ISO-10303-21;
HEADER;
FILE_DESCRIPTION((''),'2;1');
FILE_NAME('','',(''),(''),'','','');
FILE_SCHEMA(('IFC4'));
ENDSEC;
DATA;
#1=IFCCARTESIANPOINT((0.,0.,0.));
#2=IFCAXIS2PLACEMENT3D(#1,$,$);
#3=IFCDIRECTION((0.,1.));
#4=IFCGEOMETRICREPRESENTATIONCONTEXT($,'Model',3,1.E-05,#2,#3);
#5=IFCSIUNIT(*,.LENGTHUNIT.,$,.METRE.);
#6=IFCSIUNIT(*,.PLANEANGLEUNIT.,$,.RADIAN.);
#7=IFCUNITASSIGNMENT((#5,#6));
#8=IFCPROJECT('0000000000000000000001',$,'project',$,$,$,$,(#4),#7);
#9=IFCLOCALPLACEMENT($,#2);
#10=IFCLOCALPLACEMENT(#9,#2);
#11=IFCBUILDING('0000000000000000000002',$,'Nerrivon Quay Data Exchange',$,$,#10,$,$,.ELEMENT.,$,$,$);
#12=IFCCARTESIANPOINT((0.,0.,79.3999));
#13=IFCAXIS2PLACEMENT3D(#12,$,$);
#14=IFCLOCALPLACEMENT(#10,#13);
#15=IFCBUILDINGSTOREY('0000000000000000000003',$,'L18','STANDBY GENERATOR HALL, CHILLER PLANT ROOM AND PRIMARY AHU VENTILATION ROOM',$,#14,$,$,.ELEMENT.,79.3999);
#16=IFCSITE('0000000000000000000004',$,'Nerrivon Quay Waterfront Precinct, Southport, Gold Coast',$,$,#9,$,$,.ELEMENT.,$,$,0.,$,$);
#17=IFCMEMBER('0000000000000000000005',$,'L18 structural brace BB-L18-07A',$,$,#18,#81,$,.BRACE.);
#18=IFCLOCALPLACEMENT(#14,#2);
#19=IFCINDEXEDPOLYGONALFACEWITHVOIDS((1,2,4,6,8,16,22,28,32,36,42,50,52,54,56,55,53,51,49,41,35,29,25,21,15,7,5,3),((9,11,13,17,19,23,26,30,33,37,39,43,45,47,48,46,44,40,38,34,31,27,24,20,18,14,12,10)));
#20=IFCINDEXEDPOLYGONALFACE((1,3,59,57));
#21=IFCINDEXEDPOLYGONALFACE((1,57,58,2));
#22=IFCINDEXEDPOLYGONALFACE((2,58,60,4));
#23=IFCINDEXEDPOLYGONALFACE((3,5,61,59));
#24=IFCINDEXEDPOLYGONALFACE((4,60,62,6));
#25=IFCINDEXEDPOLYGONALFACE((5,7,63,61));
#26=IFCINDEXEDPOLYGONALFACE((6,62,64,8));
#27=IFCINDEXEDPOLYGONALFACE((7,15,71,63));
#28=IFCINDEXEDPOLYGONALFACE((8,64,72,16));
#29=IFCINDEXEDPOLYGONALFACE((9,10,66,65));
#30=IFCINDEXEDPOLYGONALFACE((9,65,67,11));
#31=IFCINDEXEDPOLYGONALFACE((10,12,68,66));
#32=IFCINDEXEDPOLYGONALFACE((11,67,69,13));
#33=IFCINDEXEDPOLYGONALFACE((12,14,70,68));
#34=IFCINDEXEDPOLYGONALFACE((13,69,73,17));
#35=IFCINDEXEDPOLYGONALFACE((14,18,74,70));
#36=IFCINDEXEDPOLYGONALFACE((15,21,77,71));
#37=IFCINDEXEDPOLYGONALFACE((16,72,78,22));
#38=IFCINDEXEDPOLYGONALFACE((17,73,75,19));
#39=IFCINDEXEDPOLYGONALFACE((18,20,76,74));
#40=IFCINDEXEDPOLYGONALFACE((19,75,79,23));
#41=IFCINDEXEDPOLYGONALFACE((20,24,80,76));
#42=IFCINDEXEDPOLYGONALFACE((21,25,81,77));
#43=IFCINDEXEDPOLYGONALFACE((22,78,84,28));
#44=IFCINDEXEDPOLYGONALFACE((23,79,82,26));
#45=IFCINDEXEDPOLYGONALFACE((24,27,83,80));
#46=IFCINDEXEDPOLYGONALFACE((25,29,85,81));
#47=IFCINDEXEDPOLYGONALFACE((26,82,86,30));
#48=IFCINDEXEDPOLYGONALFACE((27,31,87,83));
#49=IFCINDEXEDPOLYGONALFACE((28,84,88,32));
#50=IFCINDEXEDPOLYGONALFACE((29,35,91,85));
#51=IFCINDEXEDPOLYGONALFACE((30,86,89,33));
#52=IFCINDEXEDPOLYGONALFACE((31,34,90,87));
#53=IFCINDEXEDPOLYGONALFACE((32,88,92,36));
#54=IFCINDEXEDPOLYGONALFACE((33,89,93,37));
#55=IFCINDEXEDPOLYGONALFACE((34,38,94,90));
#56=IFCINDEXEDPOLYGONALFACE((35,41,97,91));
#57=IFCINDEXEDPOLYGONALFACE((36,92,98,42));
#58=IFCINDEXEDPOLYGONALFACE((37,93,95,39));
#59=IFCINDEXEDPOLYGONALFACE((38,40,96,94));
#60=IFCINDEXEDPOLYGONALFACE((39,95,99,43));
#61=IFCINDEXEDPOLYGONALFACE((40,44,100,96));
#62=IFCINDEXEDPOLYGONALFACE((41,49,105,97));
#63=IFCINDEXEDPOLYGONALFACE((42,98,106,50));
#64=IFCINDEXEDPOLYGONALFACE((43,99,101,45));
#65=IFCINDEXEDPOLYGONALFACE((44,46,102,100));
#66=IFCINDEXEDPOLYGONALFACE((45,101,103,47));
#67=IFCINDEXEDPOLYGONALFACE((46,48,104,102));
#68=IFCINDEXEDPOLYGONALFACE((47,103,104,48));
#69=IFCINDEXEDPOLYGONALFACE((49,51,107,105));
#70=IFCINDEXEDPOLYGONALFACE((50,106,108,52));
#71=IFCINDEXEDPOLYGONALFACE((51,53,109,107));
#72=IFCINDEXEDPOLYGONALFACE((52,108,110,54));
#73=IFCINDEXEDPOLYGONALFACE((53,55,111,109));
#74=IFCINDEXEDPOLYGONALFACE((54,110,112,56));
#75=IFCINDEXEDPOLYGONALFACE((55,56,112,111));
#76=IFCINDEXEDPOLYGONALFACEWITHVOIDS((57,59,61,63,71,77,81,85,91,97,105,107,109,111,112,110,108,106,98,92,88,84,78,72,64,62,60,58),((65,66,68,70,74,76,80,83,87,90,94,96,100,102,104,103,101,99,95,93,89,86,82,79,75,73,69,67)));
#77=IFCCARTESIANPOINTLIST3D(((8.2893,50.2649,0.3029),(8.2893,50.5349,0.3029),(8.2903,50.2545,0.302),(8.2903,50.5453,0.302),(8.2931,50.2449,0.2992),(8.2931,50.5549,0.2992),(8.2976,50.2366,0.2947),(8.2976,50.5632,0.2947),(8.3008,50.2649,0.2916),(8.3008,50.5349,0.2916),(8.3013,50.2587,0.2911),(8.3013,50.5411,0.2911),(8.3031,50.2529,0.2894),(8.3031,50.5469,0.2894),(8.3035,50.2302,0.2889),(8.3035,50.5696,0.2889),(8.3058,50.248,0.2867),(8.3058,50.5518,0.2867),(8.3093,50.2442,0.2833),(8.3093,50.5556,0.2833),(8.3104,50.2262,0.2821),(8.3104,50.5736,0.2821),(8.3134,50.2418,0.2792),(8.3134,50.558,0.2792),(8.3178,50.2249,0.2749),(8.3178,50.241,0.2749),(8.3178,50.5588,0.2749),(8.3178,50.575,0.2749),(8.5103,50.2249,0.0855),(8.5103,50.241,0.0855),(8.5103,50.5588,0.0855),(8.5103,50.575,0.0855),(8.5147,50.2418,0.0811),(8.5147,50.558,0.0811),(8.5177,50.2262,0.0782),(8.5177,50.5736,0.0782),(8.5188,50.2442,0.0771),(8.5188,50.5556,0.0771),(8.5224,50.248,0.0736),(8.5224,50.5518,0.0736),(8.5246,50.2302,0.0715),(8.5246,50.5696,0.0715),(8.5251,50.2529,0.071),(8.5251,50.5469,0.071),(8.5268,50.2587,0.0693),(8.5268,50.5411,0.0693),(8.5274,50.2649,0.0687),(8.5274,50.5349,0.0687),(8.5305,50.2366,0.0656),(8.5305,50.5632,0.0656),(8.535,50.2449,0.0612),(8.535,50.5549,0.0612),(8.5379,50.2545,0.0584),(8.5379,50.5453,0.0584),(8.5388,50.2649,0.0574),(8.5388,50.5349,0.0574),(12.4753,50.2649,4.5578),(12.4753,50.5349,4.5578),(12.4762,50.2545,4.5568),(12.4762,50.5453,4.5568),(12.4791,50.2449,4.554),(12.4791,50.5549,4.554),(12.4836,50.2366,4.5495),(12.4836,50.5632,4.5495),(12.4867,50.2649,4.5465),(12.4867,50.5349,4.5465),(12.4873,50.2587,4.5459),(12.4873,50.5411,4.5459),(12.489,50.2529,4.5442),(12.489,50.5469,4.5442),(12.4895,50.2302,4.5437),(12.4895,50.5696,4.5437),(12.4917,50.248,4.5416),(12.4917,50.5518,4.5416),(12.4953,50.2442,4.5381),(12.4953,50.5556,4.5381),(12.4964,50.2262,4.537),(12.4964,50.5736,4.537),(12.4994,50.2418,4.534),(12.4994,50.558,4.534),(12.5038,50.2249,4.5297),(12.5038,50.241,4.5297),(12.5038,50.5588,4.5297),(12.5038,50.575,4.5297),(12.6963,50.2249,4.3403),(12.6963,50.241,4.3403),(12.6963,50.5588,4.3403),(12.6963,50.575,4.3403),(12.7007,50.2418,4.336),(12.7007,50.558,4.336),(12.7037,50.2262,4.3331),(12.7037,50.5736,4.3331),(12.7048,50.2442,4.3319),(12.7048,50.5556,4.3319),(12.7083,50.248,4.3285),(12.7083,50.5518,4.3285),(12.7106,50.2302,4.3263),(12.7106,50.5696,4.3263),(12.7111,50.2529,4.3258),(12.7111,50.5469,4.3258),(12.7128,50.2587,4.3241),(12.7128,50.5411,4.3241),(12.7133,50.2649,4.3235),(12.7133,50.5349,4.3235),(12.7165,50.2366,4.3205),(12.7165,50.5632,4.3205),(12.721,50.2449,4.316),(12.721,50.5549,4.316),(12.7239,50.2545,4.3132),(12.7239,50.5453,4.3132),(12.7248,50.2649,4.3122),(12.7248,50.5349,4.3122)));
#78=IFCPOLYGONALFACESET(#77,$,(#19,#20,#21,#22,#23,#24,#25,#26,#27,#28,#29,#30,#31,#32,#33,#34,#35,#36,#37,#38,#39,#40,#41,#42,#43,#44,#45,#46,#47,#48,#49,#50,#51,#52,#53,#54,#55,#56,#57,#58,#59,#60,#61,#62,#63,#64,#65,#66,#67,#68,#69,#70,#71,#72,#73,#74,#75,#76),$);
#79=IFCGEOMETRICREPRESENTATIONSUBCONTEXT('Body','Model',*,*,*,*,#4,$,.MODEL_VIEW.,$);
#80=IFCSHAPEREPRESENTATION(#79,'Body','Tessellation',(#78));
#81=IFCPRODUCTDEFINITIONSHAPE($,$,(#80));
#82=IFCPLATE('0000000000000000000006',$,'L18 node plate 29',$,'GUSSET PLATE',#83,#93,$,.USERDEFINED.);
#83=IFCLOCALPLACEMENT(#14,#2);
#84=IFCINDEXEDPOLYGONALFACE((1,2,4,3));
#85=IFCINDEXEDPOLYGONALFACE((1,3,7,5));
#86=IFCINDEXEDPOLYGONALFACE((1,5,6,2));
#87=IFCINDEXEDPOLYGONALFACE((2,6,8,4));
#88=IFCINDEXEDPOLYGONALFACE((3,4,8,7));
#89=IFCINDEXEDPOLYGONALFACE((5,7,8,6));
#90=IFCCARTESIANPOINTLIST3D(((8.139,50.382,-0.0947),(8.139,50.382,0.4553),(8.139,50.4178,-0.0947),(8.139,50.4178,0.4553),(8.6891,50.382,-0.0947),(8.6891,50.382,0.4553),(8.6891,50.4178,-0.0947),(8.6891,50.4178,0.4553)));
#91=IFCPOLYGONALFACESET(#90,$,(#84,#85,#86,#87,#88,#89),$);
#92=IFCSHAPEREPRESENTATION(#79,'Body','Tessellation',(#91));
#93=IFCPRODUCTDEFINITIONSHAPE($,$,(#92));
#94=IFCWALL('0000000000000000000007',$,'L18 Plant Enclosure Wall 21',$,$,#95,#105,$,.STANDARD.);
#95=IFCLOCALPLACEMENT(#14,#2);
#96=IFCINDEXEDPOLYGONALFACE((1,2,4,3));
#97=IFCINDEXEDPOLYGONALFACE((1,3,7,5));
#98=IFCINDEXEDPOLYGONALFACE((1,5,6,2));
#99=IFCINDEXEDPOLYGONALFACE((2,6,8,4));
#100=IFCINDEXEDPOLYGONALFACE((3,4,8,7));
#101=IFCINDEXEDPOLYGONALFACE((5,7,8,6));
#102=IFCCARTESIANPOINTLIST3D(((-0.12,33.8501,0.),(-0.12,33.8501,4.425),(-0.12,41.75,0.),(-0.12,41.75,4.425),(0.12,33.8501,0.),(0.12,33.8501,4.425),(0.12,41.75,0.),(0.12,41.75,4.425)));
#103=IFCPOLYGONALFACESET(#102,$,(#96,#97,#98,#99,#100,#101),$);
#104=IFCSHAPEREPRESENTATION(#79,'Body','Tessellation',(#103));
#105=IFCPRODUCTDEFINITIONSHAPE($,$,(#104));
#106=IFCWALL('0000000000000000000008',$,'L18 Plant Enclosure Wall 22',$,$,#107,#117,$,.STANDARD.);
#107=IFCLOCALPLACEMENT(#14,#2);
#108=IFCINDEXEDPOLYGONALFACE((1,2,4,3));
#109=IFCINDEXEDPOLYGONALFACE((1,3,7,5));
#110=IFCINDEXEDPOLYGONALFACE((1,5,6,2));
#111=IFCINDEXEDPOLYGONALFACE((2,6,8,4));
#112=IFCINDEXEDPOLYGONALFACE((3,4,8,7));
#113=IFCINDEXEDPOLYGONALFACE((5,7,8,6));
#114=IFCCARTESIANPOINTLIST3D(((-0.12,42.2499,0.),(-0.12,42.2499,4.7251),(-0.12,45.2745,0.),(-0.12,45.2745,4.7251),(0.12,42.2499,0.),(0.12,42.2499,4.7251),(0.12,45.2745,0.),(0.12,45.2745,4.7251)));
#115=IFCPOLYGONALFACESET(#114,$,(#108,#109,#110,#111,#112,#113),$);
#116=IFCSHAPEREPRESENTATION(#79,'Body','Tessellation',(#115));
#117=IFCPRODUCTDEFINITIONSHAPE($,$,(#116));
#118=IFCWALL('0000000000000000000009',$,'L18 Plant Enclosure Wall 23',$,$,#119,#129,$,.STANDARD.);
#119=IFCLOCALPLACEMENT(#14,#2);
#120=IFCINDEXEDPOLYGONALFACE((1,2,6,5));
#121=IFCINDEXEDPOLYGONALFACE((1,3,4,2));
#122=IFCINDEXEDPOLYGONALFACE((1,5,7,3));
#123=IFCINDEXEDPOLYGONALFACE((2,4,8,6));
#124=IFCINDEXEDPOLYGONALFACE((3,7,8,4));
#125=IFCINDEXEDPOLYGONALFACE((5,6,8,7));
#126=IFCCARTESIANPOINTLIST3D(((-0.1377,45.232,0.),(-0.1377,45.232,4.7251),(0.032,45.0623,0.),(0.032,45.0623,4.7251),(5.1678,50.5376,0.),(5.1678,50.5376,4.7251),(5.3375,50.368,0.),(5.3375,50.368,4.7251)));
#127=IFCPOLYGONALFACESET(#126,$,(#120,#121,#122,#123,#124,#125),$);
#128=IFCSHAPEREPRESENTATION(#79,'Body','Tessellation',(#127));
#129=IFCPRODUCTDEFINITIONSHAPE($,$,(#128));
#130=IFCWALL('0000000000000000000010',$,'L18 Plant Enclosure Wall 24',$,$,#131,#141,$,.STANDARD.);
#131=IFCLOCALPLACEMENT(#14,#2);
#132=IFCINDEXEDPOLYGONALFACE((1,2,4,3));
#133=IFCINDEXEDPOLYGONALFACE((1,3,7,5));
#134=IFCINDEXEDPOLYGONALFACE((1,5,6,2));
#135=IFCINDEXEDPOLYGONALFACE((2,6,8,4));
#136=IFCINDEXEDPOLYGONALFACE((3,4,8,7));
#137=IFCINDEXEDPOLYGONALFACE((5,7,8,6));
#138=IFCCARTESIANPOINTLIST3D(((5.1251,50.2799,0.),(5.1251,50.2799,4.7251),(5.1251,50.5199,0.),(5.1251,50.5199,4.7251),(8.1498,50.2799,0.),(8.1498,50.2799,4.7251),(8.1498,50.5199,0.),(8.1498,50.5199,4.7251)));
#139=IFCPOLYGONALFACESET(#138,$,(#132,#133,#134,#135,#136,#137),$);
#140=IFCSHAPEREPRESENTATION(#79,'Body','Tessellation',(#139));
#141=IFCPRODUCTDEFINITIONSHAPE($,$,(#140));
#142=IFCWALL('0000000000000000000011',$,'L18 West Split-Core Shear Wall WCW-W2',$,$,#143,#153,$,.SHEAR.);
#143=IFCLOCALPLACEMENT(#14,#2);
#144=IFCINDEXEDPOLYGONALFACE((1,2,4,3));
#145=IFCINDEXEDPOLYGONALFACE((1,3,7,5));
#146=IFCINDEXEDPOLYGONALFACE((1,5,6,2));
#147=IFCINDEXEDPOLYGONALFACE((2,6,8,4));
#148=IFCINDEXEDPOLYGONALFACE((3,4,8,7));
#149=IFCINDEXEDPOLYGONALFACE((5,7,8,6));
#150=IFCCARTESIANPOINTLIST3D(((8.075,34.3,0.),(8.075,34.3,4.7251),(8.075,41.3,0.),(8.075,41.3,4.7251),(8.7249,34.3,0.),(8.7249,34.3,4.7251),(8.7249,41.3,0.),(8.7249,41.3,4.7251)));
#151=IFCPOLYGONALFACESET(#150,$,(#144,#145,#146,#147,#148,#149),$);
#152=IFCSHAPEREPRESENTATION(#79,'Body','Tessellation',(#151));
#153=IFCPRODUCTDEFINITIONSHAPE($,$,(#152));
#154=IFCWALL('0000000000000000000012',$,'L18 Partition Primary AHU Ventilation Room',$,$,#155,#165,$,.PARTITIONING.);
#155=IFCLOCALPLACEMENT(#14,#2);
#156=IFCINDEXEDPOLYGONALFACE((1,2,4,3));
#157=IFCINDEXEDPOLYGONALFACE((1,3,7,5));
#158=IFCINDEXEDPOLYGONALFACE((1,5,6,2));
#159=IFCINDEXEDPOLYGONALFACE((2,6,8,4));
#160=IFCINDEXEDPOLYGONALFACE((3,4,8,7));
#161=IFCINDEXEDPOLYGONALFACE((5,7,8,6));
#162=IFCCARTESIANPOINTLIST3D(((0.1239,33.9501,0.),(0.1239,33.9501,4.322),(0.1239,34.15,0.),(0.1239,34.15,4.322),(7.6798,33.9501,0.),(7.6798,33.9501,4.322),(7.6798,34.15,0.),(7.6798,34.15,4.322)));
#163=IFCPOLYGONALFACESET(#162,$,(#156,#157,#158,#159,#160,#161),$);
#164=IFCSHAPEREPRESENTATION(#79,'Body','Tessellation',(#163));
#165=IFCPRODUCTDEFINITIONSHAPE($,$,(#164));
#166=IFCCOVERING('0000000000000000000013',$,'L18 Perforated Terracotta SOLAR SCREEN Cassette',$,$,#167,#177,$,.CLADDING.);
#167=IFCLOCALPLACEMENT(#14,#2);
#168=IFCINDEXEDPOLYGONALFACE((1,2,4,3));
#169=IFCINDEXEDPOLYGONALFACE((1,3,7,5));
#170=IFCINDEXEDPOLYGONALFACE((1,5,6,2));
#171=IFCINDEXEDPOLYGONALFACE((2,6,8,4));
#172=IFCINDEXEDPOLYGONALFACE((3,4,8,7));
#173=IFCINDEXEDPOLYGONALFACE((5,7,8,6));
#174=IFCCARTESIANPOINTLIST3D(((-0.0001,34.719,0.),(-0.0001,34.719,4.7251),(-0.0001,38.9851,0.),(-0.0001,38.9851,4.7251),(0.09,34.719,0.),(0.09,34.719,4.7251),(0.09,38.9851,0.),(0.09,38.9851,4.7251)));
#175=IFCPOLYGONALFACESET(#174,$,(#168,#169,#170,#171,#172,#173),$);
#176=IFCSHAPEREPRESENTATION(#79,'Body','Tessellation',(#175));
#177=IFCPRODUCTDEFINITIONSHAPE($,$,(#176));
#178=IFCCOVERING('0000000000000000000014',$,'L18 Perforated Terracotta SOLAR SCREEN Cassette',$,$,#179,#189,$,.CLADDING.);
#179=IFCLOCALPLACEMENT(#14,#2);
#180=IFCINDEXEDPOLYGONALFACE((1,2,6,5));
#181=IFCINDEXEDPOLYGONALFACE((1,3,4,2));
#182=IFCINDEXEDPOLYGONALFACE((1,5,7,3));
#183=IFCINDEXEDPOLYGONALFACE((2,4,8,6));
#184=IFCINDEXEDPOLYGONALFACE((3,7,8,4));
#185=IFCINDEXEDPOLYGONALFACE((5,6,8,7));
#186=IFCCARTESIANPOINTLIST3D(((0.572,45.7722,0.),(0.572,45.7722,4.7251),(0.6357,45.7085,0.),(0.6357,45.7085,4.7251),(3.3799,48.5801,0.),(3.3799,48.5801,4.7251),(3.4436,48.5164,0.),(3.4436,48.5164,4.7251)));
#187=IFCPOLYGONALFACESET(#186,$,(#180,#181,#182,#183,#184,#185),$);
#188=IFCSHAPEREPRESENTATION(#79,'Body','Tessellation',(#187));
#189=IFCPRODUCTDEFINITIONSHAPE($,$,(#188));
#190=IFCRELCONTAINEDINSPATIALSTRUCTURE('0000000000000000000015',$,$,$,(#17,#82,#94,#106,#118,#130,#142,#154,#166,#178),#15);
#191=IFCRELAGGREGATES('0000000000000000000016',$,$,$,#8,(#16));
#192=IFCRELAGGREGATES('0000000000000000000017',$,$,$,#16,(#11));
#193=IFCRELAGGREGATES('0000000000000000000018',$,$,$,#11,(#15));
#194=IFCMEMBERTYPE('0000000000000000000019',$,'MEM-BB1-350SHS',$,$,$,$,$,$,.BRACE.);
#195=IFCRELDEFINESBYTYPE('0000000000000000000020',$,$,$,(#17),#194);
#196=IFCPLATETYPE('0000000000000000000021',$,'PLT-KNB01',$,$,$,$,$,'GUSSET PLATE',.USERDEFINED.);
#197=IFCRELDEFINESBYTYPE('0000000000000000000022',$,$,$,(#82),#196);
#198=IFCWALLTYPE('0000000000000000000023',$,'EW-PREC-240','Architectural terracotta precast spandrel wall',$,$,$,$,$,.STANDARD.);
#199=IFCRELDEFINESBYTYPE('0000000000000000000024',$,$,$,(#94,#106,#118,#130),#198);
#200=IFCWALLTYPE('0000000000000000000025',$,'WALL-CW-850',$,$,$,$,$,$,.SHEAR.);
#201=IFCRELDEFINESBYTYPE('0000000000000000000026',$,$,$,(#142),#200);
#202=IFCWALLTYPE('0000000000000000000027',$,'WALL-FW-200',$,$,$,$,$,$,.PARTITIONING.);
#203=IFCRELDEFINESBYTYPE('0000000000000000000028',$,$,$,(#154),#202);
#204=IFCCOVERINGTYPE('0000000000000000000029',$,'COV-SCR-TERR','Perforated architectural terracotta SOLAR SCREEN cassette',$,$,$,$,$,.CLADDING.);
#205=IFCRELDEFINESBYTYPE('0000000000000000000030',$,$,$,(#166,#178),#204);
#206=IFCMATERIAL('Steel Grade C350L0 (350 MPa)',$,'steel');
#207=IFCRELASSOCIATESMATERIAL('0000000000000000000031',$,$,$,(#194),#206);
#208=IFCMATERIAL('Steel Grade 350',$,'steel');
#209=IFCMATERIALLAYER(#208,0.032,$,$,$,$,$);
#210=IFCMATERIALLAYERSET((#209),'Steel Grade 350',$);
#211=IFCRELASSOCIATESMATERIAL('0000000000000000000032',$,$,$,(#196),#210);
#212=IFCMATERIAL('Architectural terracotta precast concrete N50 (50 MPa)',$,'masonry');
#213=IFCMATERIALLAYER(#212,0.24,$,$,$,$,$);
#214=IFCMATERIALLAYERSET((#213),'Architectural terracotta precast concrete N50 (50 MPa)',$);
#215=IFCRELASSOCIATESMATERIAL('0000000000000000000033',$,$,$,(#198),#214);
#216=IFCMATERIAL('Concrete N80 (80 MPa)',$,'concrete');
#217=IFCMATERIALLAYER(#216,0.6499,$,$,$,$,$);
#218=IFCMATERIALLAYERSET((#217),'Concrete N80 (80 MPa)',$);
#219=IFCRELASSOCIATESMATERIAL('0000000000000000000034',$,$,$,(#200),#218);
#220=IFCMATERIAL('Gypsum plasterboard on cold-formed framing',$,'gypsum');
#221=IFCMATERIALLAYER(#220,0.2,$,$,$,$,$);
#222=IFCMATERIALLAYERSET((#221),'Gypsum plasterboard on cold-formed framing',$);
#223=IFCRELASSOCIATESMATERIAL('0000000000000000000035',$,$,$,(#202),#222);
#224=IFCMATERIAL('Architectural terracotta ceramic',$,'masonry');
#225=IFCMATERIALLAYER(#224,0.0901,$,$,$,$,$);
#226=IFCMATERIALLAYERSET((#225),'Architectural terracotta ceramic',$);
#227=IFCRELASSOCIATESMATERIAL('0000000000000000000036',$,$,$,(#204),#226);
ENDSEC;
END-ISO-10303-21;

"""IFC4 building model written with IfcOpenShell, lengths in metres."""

from ifc_helpers import new_model, si_unit, direction, frame, frame_2d, origin, origin_2d, place, context, subcontext, project, spatial, rectangle, hollow_rectangle, extrude, material, layer, layer_set, material_profile, profile_set, type_object, element, save


model = new_model("IFC4")

# Units and contexts
model_context = context("Model", 3, precision=1e-05, world=origin(), true_north=direction((0.0, 1.0)))
body_context = subcontext(model_context, "Body", "Model", "MODEL_VIEW")
ifc_project = project(units=[si_unit("LENGTHUNIT", "METRE"), si_unit("PLANEANGLEUNIT", "RADIAN")], contexts=[model_context])

# Site, building, storey
site_placement = place(None, origin())
site = spatial("IfcSite", under=ifc_project, at=site_placement, Name="Nerrivon Quay Waterfront Precinct, Southport, Gold Coast", CompositionType="ELEMENT", RefElevation=0.0)
building_placement = place(site_placement, origin())
building = spatial("IfcBuilding", under=site, at=building_placement, Name="Nerrivon Quay Data Exchange", CompositionType="ELEMENT")
storey_placement = place(building_placement, frame((0.0, 0.0, 79.3999)))
storey = spatial("IfcBuildingStorey", under=building, at=storey_placement, Name="L18", Description="STANDBY GENERATOR HALL, CHILLER PLANT ROOM AND PRIMARY AHU VENTILATION ROOM", CompositionType="ELEMENT", Elevation=79.3999)

# Shared definitions
ifc_material_1 = material(Name="Concrete N80 (80 MPa)", Category="concrete")
ifc_material_2 = material(Name="Steel Grade 350", Category="steel")

# Shared definitions
ifc_material_3 = material(Name="Steel Grade C350L0 (350 MPa)", Category="steel")

# Member
ifc_material_profile_1 = material_profile(ifc_material_3, hollow_rectangle(XDim=0.3501, YDim=0.3501, WallThickness=0.0161, InnerFilletRadius=0.0239, OuterFilletRadius=0.04, at=origin_2d()), Name="350x350x16.0SHS")
ifc_profile_set_1 = profile_set([ifc_material_profile_1], Name="Steel Grade C350L0 (350 MPa)")
member_type = type_object("IfcMemberType", Name="MEM-BB1-350SHS", PredefinedType="BRACE", material=ifc_profile_set_1)
member_placement = place(storey_placement, frame((8.4141, 50.3999, 0.1802), z_axis=(0.701316, 0.0, 0.712851), x_axis=(0.0, 1.0, 0.0)))
element("IfcMember", 1, at=member_placement, inside=storey, type_object=member_type, Name="L18 structural brace BB-L18-07A", PredefinedType="BRACE", context=body_context, shape_type="SweptSolid", body=[
    extrude(hollow_rectangle(XDim=0.3501, YDim=0.3501, WallThickness=0.0161, InnerFilletRadius=0.0239, OuterFilletRadius=0.04, at=origin_2d()), origin(), (0.0, 0.0, 1.0), 5.9688),
])

# Plate
ifc_layer_1 = layer(ifc_material_2, 0.032)
ifc_layer_set_1 = layer_set([ifc_layer_1], Name="Steel Grade 350")
plate_type = type_object("IfcPlateType", Name="PLT-KNB01", ElementType="GUSSET PLATE", PredefinedType="USERDEFINED", material=ifc_layer_set_1)
plate_placement = place(storey_placement, frame((8.4141, 50.3999, -0.0947), z_axis=(0.0, 0.0, 1.0), x_axis=(1.0, 0.0, 0.0)))
element("IfcPlate", 2, at=plate_placement, inside=storey, type_object=plate_type, Name="L18 node plate 29", ObjectType="GUSSET PLATE", PredefinedType="USERDEFINED", context=body_context, shape_type="SweptSolid", body=[
    extrude(rectangle(XDim=0.55, YDim=0.0359, at=origin_2d()), origin(), (0.0, 0.0, 1.0), 0.55),
])

# Walls
ifc_material_4 = material(Name="Architectural terracotta precast concrete N50 (50 MPa)", Category="masonry")
ifc_layer_2 = layer(ifc_material_4, 0.24)
ifc_layer_set_2 = layer_set([ifc_layer_2], Name="Architectural terracotta precast concrete N50 (50 MPa)")
wall_type_1 = type_object("IfcWallType", Name="EW-PREC-240", Description="Architectural terracotta precast spandrel wall", PredefinedType="STANDARD", material=ifc_layer_set_2)
wall_1_placement = place(storey_placement, frame((0.0, 33.8501, 0.0), z_axis=(0.0, 0.0, 1.0), x_axis=(0.0, 1.0, 0.0)))
element("IfcWall", 3, at=wall_1_placement, inside=storey, type_object=wall_type_1, Name="L18 Plant Enclosure Wall 21", PredefinedType="STANDARD", context=body_context, shape_type="SweptSolid", body=[
    extrude(rectangle(XDim=7.8999, YDim=0.24, at=frame_2d((3.95, 0.0))), origin(), (0.0, 0.0, 1.0), 4.425),
])
wall_2_placement = place(storey_placement, frame((0.0, 42.25, 0.0), z_axis=(0.0, 0.0, 1.0), x_axis=(0.0, 1.0, 0.0)))
element("IfcWall", 4, at=wall_2_placement, inside=storey, type_object=wall_type_1, Name="L18 Plant Enclosure Wall 22", PredefinedType="STANDARD", context=body_context, shape_type="SweptSolid", body=[
    extrude(rectangle(XDim=3.0247, YDim=0.24, at=frame_2d((1.5122, 0.0))), origin(), (0.0, 0.0, 1.0), 4.7251),
])
wall_3_placement = place(storey_placement, frame((-0.0527, 45.1472, 0.0), z_axis=(0.0, 0.0, 1.0), x_axis=(0.707091, 0.707123, 0.0)))
element("IfcWall", 5, at=wall_3_placement, inside=storey, type_object=wall_type_1, Name="L18 Plant Enclosure Wall 23", PredefinedType="STANDARD", context=body_context, shape_type="SweptSolid", body=[
    extrude(rectangle(XDim=7.5032, YDim=0.24, at=frame_2d((3.7515, 0.0))), origin(), (0.0, 0.0, 1.0), 4.7251),
])
wall_4_placement = place(storey_placement, frame((5.1252, 50.3999, 0.0), z_axis=(0.0, 0.0, 1.0), x_axis=(1.0, 0.0, 0.0)))
element("IfcWall", 6, at=wall_4_placement, inside=storey, type_object=wall_type_1, Name="L18 Plant Enclosure Wall 24", PredefinedType="STANDARD", context=body_context, shape_type="SweptSolid", body=[
    extrude(rectangle(XDim=3.0247, YDim=0.24, at=frame_2d((1.5122, 0.0))), origin(), (0.0, 0.0, 1.0), 4.7251),
])
ifc_layer_3 = layer(ifc_material_1, 0.6499)
ifc_layer_set_3 = layer_set([ifc_layer_3], Name="Concrete N80 (80 MPa)")
wall_type_2 = type_object("IfcWallType", Name="WALL-CW-850", PredefinedType="SHEAR", material=ifc_layer_set_3)
wall_5_placement = place(storey_placement, frame((8.3999, 34.3, 0.0), z_axis=(0.0, 0.0, 1.0), x_axis=(0.0, 1.0, 0.0)))
element("IfcWall", 7, at=wall_5_placement, inside=storey, type_object=wall_type_2, Name="L18 West Split-Core Shear Wall WCW-W2", PredefinedType="SHEAR", context=body_context, shape_type="SweptSolid", body=[
    extrude(rectangle(XDim=7.0, YDim=0.6499, at=frame_2d((3.5, 0.0))), origin(), (0.0, 0.0, 1.0), 4.7251),
])
ifc_material_5 = material(Name="Gypsum plasterboard on cold-formed framing", Category="gypsum")
ifc_layer_4 = layer(ifc_material_5, 0.2)
ifc_layer_set_4 = layer_set([ifc_layer_4], Name="Gypsum plasterboard on cold-formed framing")
wall_type_3 = type_object("IfcWallType", Name="WALL-FW-200", PredefinedType="PARTITIONING", material=ifc_layer_set_4)
wall_6_placement = place(storey_placement, frame((0.124, 34.05, 0.0), z_axis=(0.0, 0.0, 1.0), x_axis=(1.0, 0.0, 0.0)))
element("IfcWall", 8, at=wall_6_placement, inside=storey, type_object=wall_type_3, Name="L18 Partition Primary AHU Ventilation Room", PredefinedType="PARTITIONING", context=body_context, shape_type="SweptSolid", body=[
    extrude(rectangle(XDim=7.5559, YDim=0.2, at=frame_2d((3.7778, 0.0))), origin(), (0.0, 0.0, 1.0), 4.322),
])

# Coverings
ifc_material_6 = material(Name="Architectural terracotta ceramic", Category="masonry")
ifc_layer_5 = layer(ifc_material_6, 0.0901)
ifc_layer_set_5 = layer_set([ifc_layer_5], Name="Architectural terracotta ceramic")
covering_type = type_object("IfcCoveringType", Name="COV-SCR-TERR", Description="Perforated architectural terracotta SOLAR SCREEN cassette", PredefinedType="CLADDING", material=ifc_layer_set_5)
covering_1_placement = place(storey_placement, frame((0.0449, 36.8521, 0.0), z_axis=(0.0, 0.0, 1.0), x_axis=(0.0, 1.0, 0.0)))
element("IfcCovering", 9, at=covering_1_placement, inside=storey, type_object=covering_type, Name="L18 Perforated Terracotta SOLAR SCREEN Cassette", PredefinedType="CLADDING", context=body_context, shape_type="SweptSolid", body=[
    extrude(rectangle(XDim=4.2661, YDim=0.0901, at=origin_2d()), origin(), (0.0, 0.0, 1.0), 4.7251),
])
covering_2_placement = place(storey_placement, frame((2.0078, 47.1443, 0.0), z_axis=(0.0, 0.0, 1.0), x_axis=(0.707107, 0.707107, 0.0)))
element("IfcCovering", 10, at=covering_2_placement, inside=storey, type_object=covering_type, Name="L18 Perforated Terracotta SOLAR SCREEN Cassette", PredefinedType="CLADDING", context=body_context, shape_type="SweptSolid", body=[
    extrude(rectangle(XDim=3.9709, YDim=0.0901, at=origin_2d()), origin(), (0.0, 0.0, 1.0), 4.7251),
])

save(model, "model.ifc")
